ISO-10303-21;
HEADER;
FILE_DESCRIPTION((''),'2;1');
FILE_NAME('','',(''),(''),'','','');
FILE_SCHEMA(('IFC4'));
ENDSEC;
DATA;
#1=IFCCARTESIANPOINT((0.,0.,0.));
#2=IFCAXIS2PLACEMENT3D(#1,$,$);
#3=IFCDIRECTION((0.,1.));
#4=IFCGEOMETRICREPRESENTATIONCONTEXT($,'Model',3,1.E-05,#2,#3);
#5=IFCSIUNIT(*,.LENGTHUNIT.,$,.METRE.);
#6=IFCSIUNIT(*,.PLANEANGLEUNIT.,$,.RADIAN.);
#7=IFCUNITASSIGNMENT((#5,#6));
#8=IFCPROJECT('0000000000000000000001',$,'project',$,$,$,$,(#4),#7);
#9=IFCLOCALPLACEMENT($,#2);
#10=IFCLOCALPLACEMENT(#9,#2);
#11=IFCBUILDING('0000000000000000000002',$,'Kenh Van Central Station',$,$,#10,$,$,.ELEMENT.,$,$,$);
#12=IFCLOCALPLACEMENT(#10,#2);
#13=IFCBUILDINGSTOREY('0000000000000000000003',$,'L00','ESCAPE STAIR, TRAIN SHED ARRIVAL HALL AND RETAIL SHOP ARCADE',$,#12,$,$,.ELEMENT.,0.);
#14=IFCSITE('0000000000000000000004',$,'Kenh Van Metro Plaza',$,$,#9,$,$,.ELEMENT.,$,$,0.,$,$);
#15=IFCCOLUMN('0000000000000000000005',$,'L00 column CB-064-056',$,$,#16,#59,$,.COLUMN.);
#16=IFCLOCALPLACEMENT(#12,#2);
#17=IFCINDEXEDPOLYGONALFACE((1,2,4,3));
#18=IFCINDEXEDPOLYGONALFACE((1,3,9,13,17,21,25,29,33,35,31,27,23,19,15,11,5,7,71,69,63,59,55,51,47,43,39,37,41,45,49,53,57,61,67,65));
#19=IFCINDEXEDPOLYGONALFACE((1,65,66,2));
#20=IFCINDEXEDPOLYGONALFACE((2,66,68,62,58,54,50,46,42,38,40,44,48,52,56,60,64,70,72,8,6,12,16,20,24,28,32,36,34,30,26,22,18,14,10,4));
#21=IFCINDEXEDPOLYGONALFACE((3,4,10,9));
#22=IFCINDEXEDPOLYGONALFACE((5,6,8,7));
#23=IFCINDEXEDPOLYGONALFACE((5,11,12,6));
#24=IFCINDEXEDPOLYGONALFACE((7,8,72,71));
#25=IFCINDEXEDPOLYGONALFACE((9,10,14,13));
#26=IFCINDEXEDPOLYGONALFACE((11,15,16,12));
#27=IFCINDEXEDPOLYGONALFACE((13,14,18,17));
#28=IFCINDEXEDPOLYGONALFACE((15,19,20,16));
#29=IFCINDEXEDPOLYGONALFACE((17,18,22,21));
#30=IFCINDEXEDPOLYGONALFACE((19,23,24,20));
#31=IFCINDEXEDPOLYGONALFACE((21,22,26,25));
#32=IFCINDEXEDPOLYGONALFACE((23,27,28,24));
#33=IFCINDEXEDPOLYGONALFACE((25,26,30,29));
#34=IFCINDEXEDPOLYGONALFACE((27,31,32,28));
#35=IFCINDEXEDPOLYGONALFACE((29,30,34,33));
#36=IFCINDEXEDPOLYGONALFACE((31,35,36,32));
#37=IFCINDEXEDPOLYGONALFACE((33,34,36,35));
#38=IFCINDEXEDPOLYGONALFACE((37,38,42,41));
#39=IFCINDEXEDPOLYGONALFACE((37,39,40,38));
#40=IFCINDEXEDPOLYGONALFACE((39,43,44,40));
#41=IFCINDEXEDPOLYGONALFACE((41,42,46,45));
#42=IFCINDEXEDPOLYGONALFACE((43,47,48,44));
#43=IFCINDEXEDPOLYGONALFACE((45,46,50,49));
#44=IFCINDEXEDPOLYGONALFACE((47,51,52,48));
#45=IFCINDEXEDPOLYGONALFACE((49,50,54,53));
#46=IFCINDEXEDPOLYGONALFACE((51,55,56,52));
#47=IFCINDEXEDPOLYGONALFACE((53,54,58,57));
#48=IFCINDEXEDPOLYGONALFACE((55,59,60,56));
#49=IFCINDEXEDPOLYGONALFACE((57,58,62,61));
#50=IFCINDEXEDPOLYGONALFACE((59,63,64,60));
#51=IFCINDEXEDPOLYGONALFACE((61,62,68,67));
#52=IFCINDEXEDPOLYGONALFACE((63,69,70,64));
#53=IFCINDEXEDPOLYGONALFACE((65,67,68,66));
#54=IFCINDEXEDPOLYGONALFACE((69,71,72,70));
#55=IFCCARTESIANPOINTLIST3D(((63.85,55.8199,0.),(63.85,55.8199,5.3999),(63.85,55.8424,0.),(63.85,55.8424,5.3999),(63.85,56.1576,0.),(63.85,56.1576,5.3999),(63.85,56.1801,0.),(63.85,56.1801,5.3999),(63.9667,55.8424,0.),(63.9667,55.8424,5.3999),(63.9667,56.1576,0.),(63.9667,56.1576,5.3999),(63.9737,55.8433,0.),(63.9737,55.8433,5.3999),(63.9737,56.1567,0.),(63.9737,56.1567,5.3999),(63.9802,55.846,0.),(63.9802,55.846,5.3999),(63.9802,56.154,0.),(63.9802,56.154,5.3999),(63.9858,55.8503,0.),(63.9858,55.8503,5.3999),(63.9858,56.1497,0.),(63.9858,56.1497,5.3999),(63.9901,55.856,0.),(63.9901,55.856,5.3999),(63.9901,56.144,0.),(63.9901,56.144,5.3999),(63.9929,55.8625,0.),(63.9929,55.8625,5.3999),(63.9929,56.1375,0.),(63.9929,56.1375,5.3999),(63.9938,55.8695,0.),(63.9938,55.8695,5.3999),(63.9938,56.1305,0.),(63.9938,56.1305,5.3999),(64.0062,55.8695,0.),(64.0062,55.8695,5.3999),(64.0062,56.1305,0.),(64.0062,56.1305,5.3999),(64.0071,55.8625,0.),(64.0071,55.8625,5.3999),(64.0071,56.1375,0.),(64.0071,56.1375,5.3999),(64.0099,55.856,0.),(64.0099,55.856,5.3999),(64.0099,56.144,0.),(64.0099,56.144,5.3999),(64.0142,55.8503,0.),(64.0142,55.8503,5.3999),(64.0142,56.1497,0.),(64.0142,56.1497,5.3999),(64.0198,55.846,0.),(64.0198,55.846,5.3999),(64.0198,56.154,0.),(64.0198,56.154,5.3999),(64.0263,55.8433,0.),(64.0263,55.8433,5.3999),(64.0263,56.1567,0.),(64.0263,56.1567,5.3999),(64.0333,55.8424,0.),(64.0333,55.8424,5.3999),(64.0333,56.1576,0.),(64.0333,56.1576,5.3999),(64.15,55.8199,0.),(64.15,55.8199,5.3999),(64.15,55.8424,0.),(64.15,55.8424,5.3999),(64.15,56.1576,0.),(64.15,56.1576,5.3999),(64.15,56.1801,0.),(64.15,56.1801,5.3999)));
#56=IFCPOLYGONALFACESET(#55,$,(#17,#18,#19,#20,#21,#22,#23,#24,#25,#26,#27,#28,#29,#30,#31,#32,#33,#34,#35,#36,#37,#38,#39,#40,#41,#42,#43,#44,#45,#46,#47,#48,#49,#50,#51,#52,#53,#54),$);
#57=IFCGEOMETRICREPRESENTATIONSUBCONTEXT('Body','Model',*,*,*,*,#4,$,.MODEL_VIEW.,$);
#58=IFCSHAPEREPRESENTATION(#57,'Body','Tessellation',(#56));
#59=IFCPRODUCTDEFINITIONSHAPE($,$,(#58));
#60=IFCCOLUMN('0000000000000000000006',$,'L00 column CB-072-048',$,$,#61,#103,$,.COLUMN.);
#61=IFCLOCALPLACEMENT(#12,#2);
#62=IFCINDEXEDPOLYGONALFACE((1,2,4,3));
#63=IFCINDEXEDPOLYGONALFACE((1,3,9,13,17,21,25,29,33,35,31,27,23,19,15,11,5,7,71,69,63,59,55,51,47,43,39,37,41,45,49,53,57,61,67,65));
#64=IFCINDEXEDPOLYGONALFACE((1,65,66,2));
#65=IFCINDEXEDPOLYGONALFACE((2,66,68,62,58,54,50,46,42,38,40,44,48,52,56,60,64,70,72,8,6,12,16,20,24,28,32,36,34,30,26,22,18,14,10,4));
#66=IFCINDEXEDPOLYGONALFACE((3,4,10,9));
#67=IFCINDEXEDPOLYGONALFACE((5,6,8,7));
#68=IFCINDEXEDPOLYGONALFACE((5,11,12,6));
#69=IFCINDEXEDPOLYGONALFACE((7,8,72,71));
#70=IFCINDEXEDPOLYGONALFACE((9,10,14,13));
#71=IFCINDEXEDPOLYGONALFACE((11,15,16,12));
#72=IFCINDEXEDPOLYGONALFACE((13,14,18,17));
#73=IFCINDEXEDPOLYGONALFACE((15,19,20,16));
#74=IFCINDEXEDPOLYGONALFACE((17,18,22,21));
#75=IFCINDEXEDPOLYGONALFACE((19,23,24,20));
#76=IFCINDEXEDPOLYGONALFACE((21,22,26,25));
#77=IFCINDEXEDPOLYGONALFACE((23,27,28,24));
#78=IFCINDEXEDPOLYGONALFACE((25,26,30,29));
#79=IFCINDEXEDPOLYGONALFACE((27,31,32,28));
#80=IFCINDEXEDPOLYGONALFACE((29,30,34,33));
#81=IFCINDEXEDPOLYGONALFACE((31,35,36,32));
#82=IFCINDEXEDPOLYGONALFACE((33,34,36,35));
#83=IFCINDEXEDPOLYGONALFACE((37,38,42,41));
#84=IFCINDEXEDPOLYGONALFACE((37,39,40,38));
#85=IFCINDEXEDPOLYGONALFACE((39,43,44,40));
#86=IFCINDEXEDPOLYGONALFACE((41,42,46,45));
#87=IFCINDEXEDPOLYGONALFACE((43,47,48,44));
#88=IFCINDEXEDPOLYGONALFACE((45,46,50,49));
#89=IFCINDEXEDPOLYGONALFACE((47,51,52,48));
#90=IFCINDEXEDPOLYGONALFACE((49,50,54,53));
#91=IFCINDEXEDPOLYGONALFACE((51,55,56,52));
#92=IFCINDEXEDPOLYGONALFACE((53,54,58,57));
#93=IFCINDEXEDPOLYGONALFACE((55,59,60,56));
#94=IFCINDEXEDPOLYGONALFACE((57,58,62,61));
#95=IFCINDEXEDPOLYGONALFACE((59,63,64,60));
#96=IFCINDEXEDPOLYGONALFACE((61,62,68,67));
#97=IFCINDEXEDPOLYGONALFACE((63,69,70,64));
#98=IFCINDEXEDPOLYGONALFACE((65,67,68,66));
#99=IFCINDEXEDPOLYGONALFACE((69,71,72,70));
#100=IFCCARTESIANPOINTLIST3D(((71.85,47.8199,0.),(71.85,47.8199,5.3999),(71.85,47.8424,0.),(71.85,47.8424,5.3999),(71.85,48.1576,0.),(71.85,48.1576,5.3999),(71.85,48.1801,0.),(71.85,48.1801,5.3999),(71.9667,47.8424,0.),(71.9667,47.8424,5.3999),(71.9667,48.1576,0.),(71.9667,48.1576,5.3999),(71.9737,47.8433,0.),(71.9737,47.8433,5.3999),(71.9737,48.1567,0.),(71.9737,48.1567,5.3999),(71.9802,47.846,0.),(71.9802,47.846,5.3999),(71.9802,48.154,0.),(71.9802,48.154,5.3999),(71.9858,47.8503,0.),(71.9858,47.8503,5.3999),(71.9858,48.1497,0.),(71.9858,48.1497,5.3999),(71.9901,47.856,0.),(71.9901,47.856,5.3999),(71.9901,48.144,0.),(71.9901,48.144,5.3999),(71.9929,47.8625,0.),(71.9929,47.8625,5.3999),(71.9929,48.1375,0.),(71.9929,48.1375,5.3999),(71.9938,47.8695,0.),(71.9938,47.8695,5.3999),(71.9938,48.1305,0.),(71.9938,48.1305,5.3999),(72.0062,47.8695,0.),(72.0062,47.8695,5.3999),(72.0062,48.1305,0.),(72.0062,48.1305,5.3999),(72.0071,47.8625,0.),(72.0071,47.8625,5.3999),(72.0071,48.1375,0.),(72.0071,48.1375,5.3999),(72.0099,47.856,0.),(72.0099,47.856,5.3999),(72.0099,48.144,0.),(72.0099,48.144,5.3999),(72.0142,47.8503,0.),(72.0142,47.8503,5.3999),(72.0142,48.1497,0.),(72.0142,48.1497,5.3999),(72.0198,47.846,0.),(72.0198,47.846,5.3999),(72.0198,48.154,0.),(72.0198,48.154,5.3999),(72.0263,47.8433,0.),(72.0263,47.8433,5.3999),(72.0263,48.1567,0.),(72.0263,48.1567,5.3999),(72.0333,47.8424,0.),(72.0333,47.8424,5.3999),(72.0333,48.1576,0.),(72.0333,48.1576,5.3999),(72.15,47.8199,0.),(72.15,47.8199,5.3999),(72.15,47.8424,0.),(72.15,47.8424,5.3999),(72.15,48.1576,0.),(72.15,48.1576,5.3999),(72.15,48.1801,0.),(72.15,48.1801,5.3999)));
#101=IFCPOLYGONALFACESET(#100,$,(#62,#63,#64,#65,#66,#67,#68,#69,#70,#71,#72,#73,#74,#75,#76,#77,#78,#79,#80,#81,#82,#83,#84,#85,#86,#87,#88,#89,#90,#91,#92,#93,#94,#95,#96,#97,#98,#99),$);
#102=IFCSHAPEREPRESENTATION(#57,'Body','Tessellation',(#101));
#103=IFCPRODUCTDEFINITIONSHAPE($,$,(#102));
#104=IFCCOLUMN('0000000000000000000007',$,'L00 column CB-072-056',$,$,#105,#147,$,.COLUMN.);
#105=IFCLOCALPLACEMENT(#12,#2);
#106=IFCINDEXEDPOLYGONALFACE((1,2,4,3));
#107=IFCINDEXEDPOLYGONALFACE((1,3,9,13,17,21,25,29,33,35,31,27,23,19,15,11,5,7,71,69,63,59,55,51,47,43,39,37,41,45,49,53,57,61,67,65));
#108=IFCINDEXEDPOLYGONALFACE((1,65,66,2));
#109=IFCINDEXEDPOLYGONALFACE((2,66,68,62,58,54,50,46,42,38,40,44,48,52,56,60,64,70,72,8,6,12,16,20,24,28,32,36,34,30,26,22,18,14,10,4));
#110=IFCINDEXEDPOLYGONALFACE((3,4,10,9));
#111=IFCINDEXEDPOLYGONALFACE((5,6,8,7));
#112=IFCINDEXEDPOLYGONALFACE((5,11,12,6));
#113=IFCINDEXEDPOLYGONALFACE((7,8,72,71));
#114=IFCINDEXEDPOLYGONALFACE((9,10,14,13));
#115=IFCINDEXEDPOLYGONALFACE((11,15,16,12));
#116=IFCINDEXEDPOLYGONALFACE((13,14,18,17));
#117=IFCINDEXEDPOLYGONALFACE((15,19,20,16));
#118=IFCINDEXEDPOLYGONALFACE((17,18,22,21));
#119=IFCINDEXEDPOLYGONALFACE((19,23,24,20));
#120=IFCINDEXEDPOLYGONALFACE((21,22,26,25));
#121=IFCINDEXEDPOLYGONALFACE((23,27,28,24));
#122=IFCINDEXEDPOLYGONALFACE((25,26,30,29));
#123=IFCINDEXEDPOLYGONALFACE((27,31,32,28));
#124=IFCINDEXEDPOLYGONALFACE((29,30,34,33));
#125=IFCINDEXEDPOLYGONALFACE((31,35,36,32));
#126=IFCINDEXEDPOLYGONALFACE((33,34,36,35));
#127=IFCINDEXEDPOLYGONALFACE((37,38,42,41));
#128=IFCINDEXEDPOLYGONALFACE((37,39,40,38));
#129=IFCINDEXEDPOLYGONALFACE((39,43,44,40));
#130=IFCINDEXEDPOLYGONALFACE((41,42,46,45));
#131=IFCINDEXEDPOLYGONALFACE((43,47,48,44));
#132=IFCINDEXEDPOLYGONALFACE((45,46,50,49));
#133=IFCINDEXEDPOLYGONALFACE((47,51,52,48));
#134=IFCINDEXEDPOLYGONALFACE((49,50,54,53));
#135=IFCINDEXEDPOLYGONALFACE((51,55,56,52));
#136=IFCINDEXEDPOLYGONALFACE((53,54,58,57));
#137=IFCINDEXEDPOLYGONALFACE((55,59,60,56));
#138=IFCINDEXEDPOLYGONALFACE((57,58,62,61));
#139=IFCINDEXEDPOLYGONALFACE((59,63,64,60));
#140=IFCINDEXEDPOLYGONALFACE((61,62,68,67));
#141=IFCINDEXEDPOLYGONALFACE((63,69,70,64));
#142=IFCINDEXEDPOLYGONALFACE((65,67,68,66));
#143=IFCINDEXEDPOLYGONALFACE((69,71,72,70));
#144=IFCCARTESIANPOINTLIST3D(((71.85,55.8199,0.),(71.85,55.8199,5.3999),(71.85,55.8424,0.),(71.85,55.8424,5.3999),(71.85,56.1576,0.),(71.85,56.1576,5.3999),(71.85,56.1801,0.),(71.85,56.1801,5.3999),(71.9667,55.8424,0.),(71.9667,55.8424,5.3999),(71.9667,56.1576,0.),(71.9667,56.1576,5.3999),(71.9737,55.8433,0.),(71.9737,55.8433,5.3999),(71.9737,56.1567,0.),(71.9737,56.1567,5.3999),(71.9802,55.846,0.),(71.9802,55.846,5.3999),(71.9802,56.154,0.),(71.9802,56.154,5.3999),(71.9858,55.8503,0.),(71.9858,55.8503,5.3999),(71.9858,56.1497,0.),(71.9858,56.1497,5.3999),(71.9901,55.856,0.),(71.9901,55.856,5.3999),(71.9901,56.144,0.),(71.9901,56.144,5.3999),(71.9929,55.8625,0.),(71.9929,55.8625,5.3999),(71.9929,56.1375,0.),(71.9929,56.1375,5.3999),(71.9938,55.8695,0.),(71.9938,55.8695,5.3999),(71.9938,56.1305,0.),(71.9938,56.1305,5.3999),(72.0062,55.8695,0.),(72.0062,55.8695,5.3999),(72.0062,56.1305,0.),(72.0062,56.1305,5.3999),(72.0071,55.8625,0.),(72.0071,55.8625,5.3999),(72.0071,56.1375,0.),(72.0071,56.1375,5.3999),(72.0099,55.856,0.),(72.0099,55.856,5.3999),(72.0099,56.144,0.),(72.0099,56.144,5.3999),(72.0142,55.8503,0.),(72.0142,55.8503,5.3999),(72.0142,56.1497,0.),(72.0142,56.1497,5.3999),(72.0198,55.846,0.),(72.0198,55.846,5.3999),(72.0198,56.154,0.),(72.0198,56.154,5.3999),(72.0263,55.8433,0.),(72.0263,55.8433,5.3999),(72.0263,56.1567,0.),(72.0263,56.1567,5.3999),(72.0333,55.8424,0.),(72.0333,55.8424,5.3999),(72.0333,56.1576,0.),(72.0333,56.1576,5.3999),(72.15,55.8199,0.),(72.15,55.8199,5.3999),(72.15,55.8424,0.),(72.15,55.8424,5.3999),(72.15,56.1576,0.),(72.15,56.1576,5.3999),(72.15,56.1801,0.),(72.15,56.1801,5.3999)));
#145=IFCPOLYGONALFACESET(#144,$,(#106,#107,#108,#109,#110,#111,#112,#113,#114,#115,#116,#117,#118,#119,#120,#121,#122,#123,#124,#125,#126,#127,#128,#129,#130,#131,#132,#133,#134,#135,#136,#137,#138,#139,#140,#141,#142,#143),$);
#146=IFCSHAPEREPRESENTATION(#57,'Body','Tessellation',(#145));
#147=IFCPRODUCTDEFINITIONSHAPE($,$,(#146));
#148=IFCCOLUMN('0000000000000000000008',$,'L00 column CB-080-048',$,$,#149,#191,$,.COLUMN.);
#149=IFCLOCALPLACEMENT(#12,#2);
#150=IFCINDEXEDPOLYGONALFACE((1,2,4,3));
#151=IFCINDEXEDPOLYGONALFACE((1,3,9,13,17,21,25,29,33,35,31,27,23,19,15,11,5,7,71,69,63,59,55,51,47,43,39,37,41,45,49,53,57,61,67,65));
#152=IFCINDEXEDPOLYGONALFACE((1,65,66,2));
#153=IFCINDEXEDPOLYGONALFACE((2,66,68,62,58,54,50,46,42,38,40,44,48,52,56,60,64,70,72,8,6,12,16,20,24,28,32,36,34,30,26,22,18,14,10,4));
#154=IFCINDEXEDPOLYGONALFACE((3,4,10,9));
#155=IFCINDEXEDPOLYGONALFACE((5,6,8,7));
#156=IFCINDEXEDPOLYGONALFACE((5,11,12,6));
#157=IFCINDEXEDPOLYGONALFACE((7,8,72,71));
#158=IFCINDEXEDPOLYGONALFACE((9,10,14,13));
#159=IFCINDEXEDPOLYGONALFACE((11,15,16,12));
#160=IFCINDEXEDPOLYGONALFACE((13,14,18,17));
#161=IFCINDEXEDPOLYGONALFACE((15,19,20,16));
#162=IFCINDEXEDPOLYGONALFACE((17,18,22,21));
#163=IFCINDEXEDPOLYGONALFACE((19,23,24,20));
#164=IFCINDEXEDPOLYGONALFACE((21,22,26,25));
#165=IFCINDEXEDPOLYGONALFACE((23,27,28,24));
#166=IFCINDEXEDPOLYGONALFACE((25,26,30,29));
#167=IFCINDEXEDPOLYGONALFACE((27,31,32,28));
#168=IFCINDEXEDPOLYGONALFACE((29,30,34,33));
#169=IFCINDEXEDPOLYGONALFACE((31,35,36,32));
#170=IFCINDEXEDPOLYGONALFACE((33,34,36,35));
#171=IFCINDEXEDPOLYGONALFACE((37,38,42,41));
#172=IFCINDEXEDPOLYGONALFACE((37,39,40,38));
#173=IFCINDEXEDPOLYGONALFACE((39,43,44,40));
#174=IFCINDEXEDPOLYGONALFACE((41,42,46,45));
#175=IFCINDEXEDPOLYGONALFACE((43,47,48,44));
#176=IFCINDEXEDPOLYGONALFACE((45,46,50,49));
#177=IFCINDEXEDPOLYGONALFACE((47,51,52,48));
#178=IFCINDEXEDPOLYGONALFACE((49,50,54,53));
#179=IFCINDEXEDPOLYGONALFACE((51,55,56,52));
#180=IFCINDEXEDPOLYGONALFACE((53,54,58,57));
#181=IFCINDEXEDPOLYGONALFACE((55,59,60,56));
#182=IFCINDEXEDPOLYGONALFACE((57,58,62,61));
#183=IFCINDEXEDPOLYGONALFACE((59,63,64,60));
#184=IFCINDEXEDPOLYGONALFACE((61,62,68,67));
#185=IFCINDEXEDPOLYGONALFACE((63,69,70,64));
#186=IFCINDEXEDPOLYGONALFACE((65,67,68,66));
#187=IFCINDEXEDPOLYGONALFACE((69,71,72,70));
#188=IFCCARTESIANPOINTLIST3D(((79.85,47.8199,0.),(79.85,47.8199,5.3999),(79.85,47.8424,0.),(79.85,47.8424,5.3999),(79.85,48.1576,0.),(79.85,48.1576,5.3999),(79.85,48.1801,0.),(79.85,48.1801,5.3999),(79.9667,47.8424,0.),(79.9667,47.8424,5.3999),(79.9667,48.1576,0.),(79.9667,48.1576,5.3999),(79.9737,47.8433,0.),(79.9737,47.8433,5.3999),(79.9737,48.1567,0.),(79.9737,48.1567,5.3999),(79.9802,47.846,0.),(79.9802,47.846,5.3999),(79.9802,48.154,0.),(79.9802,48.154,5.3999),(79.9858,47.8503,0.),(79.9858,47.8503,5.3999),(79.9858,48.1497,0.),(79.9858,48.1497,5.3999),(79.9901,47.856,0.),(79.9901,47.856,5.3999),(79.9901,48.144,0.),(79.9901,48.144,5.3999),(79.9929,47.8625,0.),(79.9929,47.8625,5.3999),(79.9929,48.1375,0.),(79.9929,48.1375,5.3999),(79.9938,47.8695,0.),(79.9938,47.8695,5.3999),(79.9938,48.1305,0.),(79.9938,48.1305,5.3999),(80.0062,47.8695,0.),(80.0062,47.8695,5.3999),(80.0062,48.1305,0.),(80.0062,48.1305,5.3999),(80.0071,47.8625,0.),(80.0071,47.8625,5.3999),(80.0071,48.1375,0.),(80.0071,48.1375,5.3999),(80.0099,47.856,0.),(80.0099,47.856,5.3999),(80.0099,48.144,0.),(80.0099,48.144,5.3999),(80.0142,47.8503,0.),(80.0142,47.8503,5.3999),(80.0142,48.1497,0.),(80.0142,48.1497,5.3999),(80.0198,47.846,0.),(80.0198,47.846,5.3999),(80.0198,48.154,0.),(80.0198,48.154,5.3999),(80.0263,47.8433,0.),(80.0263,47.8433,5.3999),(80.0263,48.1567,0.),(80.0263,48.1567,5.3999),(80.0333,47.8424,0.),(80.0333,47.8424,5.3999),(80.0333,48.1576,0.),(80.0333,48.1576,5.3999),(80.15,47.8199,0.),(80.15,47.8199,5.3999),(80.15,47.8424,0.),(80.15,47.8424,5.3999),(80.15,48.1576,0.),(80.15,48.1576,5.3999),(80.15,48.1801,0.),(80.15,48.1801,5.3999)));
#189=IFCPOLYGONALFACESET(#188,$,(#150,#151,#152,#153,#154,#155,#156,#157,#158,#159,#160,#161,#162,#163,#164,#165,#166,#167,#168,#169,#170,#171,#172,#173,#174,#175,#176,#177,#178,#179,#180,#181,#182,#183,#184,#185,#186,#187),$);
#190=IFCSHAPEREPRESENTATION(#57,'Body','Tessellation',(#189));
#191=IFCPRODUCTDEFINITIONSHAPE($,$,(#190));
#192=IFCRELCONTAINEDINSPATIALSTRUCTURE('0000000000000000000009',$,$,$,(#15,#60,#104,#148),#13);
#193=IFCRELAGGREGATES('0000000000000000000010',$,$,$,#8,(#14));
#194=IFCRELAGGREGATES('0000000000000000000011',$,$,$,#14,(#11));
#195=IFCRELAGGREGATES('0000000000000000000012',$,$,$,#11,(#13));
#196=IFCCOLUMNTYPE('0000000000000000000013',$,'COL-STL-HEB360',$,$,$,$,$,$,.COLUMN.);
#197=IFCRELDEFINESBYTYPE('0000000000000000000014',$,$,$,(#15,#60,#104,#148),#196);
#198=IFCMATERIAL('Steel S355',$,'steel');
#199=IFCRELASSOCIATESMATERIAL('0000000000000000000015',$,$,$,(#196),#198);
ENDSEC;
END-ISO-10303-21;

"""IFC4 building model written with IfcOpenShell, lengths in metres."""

from ifc_helpers import new_model, si_unit, direction, frame, origin, origin_2d, place, context, subcontext, project, spatial, i_section, extrude, material, material_profile, profile_set, type_object, element, save


model = new_model("IFC4")

# Units and contexts
model_context = context("Model", 3, precision=1e-05, world=origin(), true_north=direction((0.0, 1.0)))
body_context = subcontext(model_context, "Body", "Model", "MODEL_VIEW")
ifc_project = project(units=[si_unit("LENGTHUNIT", "METRE"), si_unit("PLANEANGLEUNIT", "RADIAN")], contexts=[model_context])

# Site, building, storey
site_placement = place(None, origin())
site = spatial("IfcSite", under=ifc_project, at=site_placement, Name="Kenh Van Metro Plaza", CompositionType="ELEMENT", RefElevation=0.0)
building_placement = place(site_placement, origin())
building = spatial("IfcBuilding", under=site, at=building_placement, Name="Kenh Van Central Station", CompositionType="ELEMENT")
storey_placement = place(building_placement, origin())
storey = spatial("IfcBuildingStorey", under=building, at=storey_placement, Name="L00", Description="ESCAPE STAIR, TRAIN SHED ARRIVAL HALL AND RETAIL SHOP ARCADE", CompositionType="ELEMENT", Elevation=0.0)

# Columns
ifc_material_1 = material(Name="Steel S355", Category="steel")
ifc_material_profile_1 = material_profile(ifc_material_1, i_section(OverallWidth=0.3, OverallDepth=0.3601, WebThickness=0.0125, FlangeThickness=0.0225, FilletRadius=0.0271, at=origin_2d()), Name="HEB 360")
ifc_profile_set_1 = profile_set([ifc_material_profile_1], Name="Steel S355")
column_type_1 = type_object("IfcColumnType", Name="COL-STL-HEB360", PredefinedType="COLUMN", material=ifc_profile_set_1)
for number, where, z_axis, x_axis, name in (
    (1, (64.0, 56.0, 0.0), (0.0, 0.0, 1.0), (1.0, 0.0, 0.0), "L00 column CB-064-056"),
    (2, (72.0, 48.0, 0.0), (0.0, 0.0, 1.0), (1.0, 0.0, 0.0), "L00 column CB-072-048"),
    (3, (72.0, 56.0, 0.0), (0.0, 0.0, 1.0), (1.0, 0.0, 0.0), "L00 column CB-072-056"),
    (4, (80.0, 48.0, 0.0), (0.0, 0.0, 1.0), (1.0, 0.0, 0.0), "L00 column CB-080-048"),
):
    element("IfcColumn", number, at=place(storey_placement, frame(where, z_axis=z_axis, x_axis=x_axis)), inside=storey, type_object=column_type_1, Name=name, PredefinedType="COLUMN", context=body_context, shape_type="SweptSolid", body=[
        extrude(i_section(OverallWidth=0.3, OverallDepth=0.3601, WebThickness=0.0125, FlangeThickness=0.0225, FilletRadius=0.0271, at=origin_2d()), origin(), (0.0, 0.0, 1.0), 5.3999),
    ])

save(model, "model.ifc")
